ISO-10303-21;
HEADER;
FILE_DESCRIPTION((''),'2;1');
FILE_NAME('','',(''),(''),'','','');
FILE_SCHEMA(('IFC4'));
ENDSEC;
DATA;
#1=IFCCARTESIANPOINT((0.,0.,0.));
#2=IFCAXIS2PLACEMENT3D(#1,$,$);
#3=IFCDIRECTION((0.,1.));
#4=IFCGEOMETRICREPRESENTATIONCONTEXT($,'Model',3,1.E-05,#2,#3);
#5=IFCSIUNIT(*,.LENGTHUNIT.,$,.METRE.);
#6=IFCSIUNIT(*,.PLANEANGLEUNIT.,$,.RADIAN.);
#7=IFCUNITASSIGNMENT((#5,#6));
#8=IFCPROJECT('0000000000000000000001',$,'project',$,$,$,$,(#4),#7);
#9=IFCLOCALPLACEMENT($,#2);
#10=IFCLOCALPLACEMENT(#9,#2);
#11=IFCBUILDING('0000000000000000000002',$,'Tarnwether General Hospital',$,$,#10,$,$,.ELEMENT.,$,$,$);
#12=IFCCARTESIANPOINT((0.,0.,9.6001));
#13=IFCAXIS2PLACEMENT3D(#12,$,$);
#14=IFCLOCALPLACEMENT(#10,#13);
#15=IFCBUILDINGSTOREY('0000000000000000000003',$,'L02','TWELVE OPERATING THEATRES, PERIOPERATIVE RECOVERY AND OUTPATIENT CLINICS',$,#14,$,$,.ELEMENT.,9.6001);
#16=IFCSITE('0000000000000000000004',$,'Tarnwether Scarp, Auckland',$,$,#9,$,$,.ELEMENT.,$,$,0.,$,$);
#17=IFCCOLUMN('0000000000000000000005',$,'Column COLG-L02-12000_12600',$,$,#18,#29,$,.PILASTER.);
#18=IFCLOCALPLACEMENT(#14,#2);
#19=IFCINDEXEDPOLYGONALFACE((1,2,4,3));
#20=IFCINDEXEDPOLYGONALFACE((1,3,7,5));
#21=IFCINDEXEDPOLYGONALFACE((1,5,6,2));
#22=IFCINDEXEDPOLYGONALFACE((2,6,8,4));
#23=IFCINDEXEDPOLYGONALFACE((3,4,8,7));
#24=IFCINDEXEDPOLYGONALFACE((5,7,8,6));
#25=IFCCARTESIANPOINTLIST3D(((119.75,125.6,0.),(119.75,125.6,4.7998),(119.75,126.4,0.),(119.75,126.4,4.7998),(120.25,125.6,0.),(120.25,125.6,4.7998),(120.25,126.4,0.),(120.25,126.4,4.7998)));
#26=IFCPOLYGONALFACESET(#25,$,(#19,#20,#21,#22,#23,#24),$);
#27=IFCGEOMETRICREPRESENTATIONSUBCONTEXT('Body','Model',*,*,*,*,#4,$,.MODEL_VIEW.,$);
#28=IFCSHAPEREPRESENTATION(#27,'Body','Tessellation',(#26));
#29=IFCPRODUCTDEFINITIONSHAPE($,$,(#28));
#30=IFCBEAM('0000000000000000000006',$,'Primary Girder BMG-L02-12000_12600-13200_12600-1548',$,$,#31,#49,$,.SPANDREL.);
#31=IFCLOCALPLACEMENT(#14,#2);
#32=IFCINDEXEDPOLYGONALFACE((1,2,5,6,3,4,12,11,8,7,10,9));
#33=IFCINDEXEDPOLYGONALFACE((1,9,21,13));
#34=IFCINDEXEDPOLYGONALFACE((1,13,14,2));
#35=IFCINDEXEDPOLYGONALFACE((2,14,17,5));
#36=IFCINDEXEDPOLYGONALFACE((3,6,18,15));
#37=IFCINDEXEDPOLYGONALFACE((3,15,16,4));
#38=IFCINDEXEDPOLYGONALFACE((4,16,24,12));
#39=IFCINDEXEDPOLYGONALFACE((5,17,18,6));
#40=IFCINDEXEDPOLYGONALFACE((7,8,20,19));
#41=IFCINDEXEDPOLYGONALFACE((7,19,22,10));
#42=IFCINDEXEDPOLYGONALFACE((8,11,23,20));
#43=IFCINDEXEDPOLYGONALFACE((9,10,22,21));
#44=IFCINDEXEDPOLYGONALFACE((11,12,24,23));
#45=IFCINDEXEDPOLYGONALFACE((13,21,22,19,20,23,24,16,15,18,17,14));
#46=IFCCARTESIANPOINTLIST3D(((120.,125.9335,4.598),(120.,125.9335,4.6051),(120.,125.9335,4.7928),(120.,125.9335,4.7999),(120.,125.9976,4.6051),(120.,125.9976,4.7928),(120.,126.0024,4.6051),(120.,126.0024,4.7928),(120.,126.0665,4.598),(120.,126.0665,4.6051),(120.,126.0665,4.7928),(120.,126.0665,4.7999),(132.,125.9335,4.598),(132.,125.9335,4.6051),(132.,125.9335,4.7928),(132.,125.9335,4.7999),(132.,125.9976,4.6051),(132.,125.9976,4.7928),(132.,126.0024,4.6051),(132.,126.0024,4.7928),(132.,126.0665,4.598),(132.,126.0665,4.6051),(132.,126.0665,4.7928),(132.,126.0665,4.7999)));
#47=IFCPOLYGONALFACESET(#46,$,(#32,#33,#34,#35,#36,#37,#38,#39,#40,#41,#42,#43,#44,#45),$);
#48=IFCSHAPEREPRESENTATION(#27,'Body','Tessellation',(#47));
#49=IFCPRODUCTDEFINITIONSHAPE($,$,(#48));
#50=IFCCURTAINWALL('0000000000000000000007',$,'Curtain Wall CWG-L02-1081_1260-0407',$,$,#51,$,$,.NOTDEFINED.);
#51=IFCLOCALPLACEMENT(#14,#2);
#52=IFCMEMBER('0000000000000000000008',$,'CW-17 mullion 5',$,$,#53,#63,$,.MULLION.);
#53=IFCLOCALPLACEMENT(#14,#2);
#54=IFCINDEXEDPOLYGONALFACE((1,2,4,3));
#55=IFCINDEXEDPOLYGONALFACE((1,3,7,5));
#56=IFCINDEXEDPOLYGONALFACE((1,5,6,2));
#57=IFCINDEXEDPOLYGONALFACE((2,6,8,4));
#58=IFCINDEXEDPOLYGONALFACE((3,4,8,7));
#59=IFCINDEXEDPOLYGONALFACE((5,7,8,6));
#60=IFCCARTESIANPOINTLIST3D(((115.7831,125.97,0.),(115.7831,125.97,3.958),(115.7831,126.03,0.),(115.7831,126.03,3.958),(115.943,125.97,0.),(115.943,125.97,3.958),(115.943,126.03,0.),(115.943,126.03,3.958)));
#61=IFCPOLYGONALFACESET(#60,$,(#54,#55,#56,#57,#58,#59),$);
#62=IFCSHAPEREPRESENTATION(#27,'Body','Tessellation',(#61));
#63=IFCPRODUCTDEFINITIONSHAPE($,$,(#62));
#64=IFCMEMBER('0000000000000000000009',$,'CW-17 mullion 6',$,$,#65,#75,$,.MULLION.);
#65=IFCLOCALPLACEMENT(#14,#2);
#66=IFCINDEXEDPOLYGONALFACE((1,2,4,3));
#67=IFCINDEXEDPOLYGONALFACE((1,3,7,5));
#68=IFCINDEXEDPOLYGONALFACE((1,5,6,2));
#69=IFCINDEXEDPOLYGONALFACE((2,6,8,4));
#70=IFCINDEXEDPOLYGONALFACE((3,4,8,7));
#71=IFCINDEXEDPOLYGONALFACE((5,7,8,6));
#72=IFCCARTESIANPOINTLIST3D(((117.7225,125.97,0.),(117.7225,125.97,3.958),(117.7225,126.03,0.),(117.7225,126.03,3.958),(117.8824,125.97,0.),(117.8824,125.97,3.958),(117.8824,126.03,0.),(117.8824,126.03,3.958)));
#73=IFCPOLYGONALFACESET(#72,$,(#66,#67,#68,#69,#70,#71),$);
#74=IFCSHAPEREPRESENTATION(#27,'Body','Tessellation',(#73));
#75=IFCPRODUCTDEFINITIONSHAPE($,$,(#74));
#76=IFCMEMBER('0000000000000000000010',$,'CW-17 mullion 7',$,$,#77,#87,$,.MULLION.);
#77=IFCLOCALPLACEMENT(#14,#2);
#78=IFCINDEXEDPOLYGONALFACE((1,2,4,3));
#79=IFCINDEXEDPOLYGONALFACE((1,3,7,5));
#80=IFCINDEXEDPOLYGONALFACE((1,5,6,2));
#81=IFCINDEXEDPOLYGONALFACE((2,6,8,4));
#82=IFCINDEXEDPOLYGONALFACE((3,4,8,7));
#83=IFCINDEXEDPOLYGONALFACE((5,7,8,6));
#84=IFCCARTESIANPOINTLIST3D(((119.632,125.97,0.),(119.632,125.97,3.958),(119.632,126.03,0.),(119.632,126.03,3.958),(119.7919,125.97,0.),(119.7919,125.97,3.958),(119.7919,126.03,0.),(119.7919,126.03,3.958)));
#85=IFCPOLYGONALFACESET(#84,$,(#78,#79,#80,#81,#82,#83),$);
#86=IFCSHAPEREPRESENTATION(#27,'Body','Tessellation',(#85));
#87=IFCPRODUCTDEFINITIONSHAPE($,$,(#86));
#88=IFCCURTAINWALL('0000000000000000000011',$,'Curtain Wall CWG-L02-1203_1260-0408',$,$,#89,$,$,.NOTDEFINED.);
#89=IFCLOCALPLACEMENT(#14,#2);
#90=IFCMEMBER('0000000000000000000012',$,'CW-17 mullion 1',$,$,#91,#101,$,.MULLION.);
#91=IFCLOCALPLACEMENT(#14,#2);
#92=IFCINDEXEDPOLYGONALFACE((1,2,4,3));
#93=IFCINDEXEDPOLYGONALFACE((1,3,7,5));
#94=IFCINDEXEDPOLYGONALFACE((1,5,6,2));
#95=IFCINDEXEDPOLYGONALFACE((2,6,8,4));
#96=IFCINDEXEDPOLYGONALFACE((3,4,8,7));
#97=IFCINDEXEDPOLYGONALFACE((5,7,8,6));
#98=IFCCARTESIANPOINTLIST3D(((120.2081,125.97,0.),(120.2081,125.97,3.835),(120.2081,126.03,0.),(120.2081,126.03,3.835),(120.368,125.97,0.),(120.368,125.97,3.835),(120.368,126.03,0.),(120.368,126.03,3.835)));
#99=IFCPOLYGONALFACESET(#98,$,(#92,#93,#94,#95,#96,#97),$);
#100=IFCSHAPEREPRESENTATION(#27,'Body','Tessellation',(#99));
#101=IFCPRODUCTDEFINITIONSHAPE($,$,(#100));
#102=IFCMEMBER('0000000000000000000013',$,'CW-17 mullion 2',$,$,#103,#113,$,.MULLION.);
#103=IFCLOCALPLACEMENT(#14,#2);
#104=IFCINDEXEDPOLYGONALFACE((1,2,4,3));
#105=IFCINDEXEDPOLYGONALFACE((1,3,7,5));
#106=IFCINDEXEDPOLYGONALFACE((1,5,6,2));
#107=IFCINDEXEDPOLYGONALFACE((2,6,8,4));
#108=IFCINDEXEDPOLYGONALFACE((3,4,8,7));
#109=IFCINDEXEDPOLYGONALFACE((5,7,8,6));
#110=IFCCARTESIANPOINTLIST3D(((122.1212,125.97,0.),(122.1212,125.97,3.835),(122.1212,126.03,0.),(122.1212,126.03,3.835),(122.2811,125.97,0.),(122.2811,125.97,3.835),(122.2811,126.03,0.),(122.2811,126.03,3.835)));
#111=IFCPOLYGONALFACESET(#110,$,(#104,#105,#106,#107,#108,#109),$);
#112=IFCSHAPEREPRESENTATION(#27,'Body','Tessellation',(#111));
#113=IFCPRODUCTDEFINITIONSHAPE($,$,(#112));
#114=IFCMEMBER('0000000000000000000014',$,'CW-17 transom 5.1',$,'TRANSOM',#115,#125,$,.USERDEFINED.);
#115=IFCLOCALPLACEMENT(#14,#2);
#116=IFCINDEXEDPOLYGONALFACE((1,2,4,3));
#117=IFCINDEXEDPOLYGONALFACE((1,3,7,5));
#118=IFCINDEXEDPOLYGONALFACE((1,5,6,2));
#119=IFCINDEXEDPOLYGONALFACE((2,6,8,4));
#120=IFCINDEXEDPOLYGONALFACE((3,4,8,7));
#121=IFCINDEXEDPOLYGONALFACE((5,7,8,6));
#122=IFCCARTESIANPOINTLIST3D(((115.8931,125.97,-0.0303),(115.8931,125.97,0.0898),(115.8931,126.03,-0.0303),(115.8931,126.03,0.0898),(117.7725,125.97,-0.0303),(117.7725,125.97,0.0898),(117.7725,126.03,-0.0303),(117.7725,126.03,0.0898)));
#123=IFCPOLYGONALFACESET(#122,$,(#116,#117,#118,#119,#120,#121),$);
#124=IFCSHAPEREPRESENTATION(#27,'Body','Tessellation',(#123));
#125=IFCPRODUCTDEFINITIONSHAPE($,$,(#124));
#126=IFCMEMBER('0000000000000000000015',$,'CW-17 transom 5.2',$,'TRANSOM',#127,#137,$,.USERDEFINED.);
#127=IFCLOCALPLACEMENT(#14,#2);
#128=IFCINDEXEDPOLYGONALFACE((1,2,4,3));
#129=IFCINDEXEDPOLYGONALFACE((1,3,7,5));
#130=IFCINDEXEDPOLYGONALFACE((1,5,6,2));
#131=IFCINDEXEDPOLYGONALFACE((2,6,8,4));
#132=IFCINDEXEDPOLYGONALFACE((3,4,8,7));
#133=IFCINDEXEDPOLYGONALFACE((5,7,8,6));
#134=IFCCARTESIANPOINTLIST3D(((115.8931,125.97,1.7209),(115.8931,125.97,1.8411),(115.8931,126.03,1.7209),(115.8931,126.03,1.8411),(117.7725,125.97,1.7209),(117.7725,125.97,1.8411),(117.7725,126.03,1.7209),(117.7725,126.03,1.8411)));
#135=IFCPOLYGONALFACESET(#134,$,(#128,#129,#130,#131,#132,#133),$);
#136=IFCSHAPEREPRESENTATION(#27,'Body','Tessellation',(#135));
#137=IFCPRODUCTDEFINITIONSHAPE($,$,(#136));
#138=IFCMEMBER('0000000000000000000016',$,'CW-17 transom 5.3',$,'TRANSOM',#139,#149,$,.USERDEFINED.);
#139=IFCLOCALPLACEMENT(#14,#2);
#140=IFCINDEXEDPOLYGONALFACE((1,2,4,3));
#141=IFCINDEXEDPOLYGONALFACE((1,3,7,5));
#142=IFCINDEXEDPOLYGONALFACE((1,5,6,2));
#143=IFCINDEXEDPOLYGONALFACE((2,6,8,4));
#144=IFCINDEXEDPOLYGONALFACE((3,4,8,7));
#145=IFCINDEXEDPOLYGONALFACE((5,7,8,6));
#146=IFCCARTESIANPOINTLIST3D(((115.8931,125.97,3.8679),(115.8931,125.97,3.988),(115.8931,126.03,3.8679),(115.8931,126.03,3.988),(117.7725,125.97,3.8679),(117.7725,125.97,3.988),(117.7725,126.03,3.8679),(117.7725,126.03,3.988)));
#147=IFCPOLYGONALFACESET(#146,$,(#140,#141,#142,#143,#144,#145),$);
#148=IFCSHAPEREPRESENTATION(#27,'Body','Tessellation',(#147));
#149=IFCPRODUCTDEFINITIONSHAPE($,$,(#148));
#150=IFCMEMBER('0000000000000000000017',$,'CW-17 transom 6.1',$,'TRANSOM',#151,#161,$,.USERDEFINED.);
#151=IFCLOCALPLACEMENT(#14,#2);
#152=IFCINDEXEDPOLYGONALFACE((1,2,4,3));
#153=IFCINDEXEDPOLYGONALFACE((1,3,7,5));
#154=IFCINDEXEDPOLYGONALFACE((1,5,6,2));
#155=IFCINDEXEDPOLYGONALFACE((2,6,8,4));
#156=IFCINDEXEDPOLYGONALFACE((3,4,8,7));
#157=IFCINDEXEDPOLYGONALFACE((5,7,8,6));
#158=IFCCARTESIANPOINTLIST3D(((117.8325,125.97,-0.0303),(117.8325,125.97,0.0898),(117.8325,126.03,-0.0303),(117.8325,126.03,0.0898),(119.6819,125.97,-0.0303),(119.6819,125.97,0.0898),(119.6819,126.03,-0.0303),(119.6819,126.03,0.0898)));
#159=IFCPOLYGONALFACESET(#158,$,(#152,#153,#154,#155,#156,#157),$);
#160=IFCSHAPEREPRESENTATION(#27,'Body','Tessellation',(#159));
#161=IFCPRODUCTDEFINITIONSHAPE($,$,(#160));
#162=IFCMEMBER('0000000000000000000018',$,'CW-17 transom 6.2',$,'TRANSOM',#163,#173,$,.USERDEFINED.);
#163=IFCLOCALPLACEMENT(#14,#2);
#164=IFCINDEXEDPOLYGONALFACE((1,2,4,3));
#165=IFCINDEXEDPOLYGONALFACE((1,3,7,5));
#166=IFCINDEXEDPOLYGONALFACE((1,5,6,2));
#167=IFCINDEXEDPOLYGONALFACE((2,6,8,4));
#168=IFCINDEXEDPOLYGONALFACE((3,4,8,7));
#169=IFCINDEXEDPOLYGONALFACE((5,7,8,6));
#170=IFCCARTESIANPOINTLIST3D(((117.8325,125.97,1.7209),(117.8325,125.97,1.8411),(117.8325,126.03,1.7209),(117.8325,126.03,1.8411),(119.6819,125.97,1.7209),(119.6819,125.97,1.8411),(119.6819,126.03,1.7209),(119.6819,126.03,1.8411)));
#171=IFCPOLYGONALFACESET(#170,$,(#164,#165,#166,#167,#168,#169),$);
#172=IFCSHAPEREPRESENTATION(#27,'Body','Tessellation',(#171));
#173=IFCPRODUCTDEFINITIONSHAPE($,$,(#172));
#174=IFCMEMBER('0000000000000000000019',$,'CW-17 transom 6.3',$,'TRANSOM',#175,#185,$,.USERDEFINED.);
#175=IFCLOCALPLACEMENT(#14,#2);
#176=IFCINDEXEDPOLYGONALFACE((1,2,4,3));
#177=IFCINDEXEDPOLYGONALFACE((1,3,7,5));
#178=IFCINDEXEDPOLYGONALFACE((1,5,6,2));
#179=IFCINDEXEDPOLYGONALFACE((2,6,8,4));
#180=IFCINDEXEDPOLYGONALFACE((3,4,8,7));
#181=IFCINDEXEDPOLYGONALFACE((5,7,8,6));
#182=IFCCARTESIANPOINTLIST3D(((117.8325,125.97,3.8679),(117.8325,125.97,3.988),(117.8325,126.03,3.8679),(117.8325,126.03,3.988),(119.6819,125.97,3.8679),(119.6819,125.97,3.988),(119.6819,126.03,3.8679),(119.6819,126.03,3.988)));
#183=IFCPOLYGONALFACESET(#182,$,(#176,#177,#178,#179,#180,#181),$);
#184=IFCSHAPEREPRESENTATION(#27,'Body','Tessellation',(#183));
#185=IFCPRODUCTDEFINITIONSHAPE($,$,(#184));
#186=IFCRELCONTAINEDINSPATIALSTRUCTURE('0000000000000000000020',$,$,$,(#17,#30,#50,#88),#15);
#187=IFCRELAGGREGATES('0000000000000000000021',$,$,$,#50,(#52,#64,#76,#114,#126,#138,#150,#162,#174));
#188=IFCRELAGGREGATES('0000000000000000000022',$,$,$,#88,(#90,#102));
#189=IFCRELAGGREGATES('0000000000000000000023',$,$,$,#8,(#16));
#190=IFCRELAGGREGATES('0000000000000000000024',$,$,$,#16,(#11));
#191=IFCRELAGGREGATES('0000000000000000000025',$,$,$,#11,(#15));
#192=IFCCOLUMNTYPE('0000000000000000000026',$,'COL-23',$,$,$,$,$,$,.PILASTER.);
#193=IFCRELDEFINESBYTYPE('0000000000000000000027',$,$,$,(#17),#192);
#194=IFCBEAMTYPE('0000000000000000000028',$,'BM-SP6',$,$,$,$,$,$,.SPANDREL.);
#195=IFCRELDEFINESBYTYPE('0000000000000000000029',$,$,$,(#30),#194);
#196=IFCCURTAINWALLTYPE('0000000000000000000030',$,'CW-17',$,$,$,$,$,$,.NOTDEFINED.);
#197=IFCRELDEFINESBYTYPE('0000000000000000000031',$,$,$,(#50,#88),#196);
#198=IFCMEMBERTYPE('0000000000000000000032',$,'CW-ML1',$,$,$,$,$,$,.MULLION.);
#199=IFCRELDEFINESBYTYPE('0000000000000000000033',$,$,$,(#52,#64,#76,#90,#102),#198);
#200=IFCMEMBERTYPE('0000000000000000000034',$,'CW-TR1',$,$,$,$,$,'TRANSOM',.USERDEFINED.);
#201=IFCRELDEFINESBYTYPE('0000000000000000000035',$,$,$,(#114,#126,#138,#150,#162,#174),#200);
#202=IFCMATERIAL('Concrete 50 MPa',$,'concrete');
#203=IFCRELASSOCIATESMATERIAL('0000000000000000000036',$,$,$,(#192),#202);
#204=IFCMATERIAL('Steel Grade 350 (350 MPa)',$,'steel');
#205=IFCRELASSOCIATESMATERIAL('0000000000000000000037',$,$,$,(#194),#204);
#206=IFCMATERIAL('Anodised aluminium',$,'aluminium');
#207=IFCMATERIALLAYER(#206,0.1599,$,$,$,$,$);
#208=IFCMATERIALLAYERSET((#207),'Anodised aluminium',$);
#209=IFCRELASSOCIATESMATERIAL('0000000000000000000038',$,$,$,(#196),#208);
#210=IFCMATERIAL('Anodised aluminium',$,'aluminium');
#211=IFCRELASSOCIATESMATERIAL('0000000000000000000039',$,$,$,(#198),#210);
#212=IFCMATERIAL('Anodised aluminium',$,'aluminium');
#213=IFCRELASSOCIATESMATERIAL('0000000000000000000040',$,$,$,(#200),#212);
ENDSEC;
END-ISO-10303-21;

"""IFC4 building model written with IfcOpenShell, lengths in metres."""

from ifc_helpers import new_model, si_unit, direction, frame, origin, origin_2d, place, context, subcontext, project, spatial, rectangle, i_section, extrude, material, layer, layer_set, material_profile, profile_set, type_object, element, aggregate, save


model = new_model("IFC4")

# Units and contexts
model_context = context("Model", 3, precision=1e-05, world=origin(), true_north=direction((0.0, 1.0)))
body_context = subcontext(model_context, "Body", "Model", "MODEL_VIEW")
ifc_project = project(units=[si_unit("LENGTHUNIT", "METRE"), si_unit("PLANEANGLEUNIT", "RADIAN")], contexts=[model_context])

# Site, building, storey
site_placement = place(None, origin())
site = spatial("IfcSite", under=ifc_project, at=site_placement, Name="Tarnwether Scarp, Auckland", CompositionType="ELEMENT", RefElevation=0.0)
building_placement = place(site_placement, origin())
building = spatial("IfcBuilding", under=site, at=building_placement, Name="Tarnwether General Hospital", CompositionType="ELEMENT")
storey_placement = place(building_placement, frame((0.0, 0.0, 9.6001)))
storey = spatial("IfcBuildingStorey", under=building, at=storey_placement, Name="L02", Description="TWELVE OPERATING THEATRES, PERIOPERATIVE RECOVERY AND OUTPATIENT CLINICS", CompositionType="ELEMENT", Elevation=9.6001)

# Column
ifc_material_1 = material(Name="Concrete 50 MPa", Category="concrete")
ifc_material_profile_1 = material_profile(ifc_material_1, rectangle(XDim=0.5, YDim=0.8, at=origin_2d()), Name="RC-PIL-500x800")
ifc_profile_set_1 = profile_set([ifc_material_profile_1], Name="Concrete 50 MPa")
column_type = type_object("IfcColumnType", Name="COL-23", PredefinedType="PILASTER", material=ifc_profile_set_1)
column_placement = place(storey_placement, frame((120.0, 126.0, 0.0), z_axis=(0.0, 0.0, 1.0), x_axis=(1.0, 0.0, 0.0)))
element("IfcColumn", 1, at=column_placement, inside=storey, type_object=column_type, Name="Column COLG-L02-12000_12600", PredefinedType="PILASTER", context=body_context, shape_type="SweptSolid", body=[
    extrude(rectangle(XDim=0.5, YDim=0.8, at=origin_2d()), origin(), (0.0, 0.0, 1.0), 4.7998),
])

# Beam
ifc_material_2 = material(Name="Steel Grade 350 (350 MPa)", Category="steel")
ifc_material_profile_2 = material_profile(ifc_material_2, i_section(OverallWidth=0.1331, OverallDepth=0.2019, WebThickness=0.0049, FlangeThickness=0.0071, at=origin_2d()), Name="200UB22.3")
ifc_profile_set_2 = profile_set([ifc_material_profile_2], Name="Steel Grade 350 (350 MPa)")
beam_type = type_object("IfcBeamType", Name="BM-SP6", PredefinedType="SPANDREL", material=ifc_profile_set_2)
beam_placement = place(storey_placement, frame((120.0, 126.0, 4.699), z_axis=(1.0, 0.0, 0.0), x_axis=(0.0, 1.0, 0.0)))
element("IfcBeam", 2, at=beam_placement, inside=storey, type_object=beam_type, Name="Primary Girder BMG-L02-12000_12600-13200_12600-1548", PredefinedType="SPANDREL", context=body_context, shape_type="SweptSolid", body=[
    extrude(i_section(OverallWidth=0.1331, OverallDepth=0.2019, WebThickness=0.0049, FlangeThickness=0.0071, at=origin_2d()), origin(), (0.0, 0.0, 1.0), 12.0),
])

# Curtain walls, members
ifc_material_3 = material(Name="Anodised aluminium", Category="aluminium")
ifc_layer_1 = layer(ifc_material_3, 0.1599)
ifc_layer_set_1 = layer_set([ifc_layer_1], Name="Anodised aluminium")
curtain_wall_type = type_object("IfcCurtainWallType", Name="CW-17", PredefinedType="NOTDEFINED", material=ifc_layer_set_1)
curtain_wall_1_placement = place(storey_placement, origin())
curtain_wall_1 = element("IfcCurtainWall", 3, at=curtain_wall_1_placement, inside=storey, type_object=curtain_wall_type, Name="Curtain Wall CWG-L02-1081_1260-0407", PredefinedType="NOTDEFINED")
ifc_material_4 = material(Name="Anodised aluminium", Category="aluminium")
ifc_material_profile_3 = material_profile(ifc_material_4, rectangle(XDim=0.0601, YDim=0.1599, at=origin_2d()), Name="ALU-MUL-60x160")
ifc_profile_set_3 = profile_set([ifc_material_profile_3], Name="Anodised aluminium")
member_type_1 = type_object("IfcMemberType", Name="CW-ML1", PredefinedType="MULLION", material=ifc_profile_set_3)
member_1_placement = place(storey_placement, frame((115.863, 126.0, 0.0), z_axis=(0.0, 0.0, 1.0), x_axis=(0.0, 1.0, 0.0)))
member_1 = element("IfcMember", 4, at=member_1_placement, type_object=member_type_1, Name="CW-17 mullion 5", PredefinedType="MULLION", context=body_context, shape_type="SweptSolid", body=[
    extrude(rectangle(XDim=0.0601, YDim=0.1599, at=origin_2d()), origin(), (0.0, 0.0, 1.0), 3.958),
])
member_2_placement = place(storey_placement, frame((117.8025, 126.0, 0.0), z_axis=(0.0, 0.0, 1.0), x_axis=(0.0, 1.0, 0.0)))
member_2 = element("IfcMember", 5, at=member_2_placement, type_object=member_type_1, Name="CW-17 mullion 6", PredefinedType="MULLION", context=body_context, shape_type="SweptSolid", body=[
    extrude(rectangle(XDim=0.0601, YDim=0.1599, at=origin_2d()), origin(), (0.0, 0.0, 1.0), 3.958),
])
member_3_placement = place(storey_placement, frame((119.7119, 126.0, 0.0), z_axis=(0.0, 0.0, 1.0), x_axis=(0.0, 1.0, 0.0)))
member_3 = element("IfcMember", 6, at=member_3_placement, type_object=member_type_1, Name="CW-17 mullion 7", PredefinedType="MULLION", context=body_context, shape_type="SweptSolid", body=[
    extrude(rectangle(XDim=0.0601, YDim=0.1599, at=origin_2d()), origin(), (0.0, 0.0, 1.0), 3.958),
])
curtain_wall_2_placement = place(storey_placement, origin())
curtain_wall_2 = element("IfcCurtainWall", 7, at=curtain_wall_2_placement, inside=storey, type_object=curtain_wall_type, Name="Curtain Wall CWG-L02-1203_1260-0408", PredefinedType="NOTDEFINED")
member_4_placement = place(storey_placement, frame((120.2881, 126.0, 0.0), z_axis=(0.0, 0.0, 1.0), x_axis=(0.0, 1.0, 0.0)))
member_4 = element("IfcMember", 8, at=member_4_placement, type_object=member_type_1, Name="CW-17 mullion 1", PredefinedType="MULLION", context=body_context, shape_type="SweptSolid", body=[
    extrude(rectangle(XDim=0.0601, YDim=0.1599, at=origin_2d()), origin(), (0.0, 0.0, 1.0), 3.835),
])
member_5_placement = place(storey_placement, frame((122.2012, 126.0, 0.0), z_axis=(0.0, 0.0, 1.0), x_axis=(0.0, 1.0, 0.0)))
member_5 = element("IfcMember", 9, at=member_5_placement, type_object=member_type_1, Name="CW-17 mullion 2", PredefinedType="MULLION", context=body_context, shape_type="SweptSolid", body=[
    extrude(rectangle(XDim=0.0601, YDim=0.1599, at=origin_2d()), origin(), (0.0, 0.0, 1.0), 3.835),
])

# Members
ifc_material_5 = material(Name="Anodised aluminium", Category="aluminium")
ifc_material_profile_4 = material_profile(ifc_material_5, rectangle(XDim=0.0601, YDim=0.1201, at=origin_2d()), Name="ALU-TRN-60x120")
ifc_profile_set_4 = profile_set([ifc_material_profile_4], Name="Anodised aluminium")
member_type_2 = type_object("IfcMemberType", Name="CW-TR1", ElementType="TRANSOM", PredefinedType="USERDEFINED", material=ifc_profile_set_4)
member_6_placement = place(storey_placement, frame((115.8931, 126.0, 0.0298), z_axis=(1.0, 0.0, 0.0), x_axis=(0.0, 1.0, 0.0)))
member_6 = element("IfcMember", 10, at=member_6_placement, type_object=member_type_2, Name="CW-17 transom 5.1", ObjectType="TRANSOM", PredefinedType="USERDEFINED", context=body_context, shape_type="SweptSolid", body=[
    extrude(rectangle(XDim=0.0601, YDim=0.1201, at=origin_2d()), origin(), (0.0, 0.0, 1.0), 1.8794),
])
member_7_placement = place(storey_placement, frame((115.8931, 126.0, 1.781), z_axis=(1.0, 0.0, 0.0), x_axis=(0.0, 1.0, 0.0)))
member_7 = element("IfcMember", 11, at=member_7_placement, type_object=member_type_2, Name="CW-17 transom 5.2", ObjectType="TRANSOM", PredefinedType="USERDEFINED", context=body_context, shape_type="SweptSolid", body=[
    extrude(rectangle(XDim=0.0601, YDim=0.1201, at=origin_2d()), origin(), (0.0, 0.0, 1.0), 1.8794),
])
member_8_placement = place(storey_placement, frame((115.8931, 126.0, 3.928), z_axis=(1.0, 0.0, 0.0), x_axis=(0.0, 1.0, 0.0)))
member_8 = element("IfcMember", 12, at=member_8_placement, type_object=member_type_2, Name="CW-17 transom 5.3", ObjectType="TRANSOM", PredefinedType="USERDEFINED", context=body_context, shape_type="SweptSolid", body=[
    extrude(rectangle(XDim=0.0601, YDim=0.1201, at=origin_2d()), origin(), (0.0, 0.0, 1.0), 1.8794),
])
member_9_placement = place(storey_placement, frame((117.8325, 126.0, 0.0298), z_axis=(1.0, 0.0, 0.0), x_axis=(0.0, 1.0, 0.0)))
member_9 = element("IfcMember", 13, at=member_9_placement, type_object=member_type_2, Name="CW-17 transom 6.1", ObjectType="TRANSOM", PredefinedType="USERDEFINED", context=body_context, shape_type="SweptSolid", body=[
    extrude(rectangle(XDim=0.0601, YDim=0.1201, at=origin_2d()), origin(), (0.0, 0.0, 1.0), 1.8494),
])
member_10_placement = place(storey_placement, frame((117.8325, 126.0, 1.781), z_axis=(1.0, 0.0, 0.0), x_axis=(0.0, 1.0, 0.0)))
member_10 = element("IfcMember", 14, at=member_10_placement, type_object=member_type_2, Name="CW-17 transom 6.2", ObjectType="TRANSOM", PredefinedType="USERDEFINED", context=body_context, shape_type="SweptSolid", body=[
    extrude(rectangle(XDim=0.0601, YDim=0.1201, at=origin_2d()), origin(), (0.0, 0.0, 1.0), 1.8494),
])
member_11_placement = place(storey_placement, frame((117.8325, 126.0, 3.928), z_axis=(1.0, 0.0, 0.0), x_axis=(0.0, 1.0, 0.0)))
member_11 = element("IfcMember", 15, at=member_11_placement, type_object=member_type_2, Name="CW-17 transom 6.3", ObjectType="TRANSOM", PredefinedType="USERDEFINED", context=body_context, shape_type="SweptSolid", body=[
    extrude(rectangle(XDim=0.0601, YDim=0.1201, at=origin_2d()), origin(), (0.0, 0.0, 1.0), 1.8494),
])

aggregate(curtain_wall_1, [member_1, member_2, member_3, member_6, member_7, member_8, member_9, member_10, member_11])
aggregate(curtain_wall_2, [member_4, member_5])

save(model, "model.ifc")
